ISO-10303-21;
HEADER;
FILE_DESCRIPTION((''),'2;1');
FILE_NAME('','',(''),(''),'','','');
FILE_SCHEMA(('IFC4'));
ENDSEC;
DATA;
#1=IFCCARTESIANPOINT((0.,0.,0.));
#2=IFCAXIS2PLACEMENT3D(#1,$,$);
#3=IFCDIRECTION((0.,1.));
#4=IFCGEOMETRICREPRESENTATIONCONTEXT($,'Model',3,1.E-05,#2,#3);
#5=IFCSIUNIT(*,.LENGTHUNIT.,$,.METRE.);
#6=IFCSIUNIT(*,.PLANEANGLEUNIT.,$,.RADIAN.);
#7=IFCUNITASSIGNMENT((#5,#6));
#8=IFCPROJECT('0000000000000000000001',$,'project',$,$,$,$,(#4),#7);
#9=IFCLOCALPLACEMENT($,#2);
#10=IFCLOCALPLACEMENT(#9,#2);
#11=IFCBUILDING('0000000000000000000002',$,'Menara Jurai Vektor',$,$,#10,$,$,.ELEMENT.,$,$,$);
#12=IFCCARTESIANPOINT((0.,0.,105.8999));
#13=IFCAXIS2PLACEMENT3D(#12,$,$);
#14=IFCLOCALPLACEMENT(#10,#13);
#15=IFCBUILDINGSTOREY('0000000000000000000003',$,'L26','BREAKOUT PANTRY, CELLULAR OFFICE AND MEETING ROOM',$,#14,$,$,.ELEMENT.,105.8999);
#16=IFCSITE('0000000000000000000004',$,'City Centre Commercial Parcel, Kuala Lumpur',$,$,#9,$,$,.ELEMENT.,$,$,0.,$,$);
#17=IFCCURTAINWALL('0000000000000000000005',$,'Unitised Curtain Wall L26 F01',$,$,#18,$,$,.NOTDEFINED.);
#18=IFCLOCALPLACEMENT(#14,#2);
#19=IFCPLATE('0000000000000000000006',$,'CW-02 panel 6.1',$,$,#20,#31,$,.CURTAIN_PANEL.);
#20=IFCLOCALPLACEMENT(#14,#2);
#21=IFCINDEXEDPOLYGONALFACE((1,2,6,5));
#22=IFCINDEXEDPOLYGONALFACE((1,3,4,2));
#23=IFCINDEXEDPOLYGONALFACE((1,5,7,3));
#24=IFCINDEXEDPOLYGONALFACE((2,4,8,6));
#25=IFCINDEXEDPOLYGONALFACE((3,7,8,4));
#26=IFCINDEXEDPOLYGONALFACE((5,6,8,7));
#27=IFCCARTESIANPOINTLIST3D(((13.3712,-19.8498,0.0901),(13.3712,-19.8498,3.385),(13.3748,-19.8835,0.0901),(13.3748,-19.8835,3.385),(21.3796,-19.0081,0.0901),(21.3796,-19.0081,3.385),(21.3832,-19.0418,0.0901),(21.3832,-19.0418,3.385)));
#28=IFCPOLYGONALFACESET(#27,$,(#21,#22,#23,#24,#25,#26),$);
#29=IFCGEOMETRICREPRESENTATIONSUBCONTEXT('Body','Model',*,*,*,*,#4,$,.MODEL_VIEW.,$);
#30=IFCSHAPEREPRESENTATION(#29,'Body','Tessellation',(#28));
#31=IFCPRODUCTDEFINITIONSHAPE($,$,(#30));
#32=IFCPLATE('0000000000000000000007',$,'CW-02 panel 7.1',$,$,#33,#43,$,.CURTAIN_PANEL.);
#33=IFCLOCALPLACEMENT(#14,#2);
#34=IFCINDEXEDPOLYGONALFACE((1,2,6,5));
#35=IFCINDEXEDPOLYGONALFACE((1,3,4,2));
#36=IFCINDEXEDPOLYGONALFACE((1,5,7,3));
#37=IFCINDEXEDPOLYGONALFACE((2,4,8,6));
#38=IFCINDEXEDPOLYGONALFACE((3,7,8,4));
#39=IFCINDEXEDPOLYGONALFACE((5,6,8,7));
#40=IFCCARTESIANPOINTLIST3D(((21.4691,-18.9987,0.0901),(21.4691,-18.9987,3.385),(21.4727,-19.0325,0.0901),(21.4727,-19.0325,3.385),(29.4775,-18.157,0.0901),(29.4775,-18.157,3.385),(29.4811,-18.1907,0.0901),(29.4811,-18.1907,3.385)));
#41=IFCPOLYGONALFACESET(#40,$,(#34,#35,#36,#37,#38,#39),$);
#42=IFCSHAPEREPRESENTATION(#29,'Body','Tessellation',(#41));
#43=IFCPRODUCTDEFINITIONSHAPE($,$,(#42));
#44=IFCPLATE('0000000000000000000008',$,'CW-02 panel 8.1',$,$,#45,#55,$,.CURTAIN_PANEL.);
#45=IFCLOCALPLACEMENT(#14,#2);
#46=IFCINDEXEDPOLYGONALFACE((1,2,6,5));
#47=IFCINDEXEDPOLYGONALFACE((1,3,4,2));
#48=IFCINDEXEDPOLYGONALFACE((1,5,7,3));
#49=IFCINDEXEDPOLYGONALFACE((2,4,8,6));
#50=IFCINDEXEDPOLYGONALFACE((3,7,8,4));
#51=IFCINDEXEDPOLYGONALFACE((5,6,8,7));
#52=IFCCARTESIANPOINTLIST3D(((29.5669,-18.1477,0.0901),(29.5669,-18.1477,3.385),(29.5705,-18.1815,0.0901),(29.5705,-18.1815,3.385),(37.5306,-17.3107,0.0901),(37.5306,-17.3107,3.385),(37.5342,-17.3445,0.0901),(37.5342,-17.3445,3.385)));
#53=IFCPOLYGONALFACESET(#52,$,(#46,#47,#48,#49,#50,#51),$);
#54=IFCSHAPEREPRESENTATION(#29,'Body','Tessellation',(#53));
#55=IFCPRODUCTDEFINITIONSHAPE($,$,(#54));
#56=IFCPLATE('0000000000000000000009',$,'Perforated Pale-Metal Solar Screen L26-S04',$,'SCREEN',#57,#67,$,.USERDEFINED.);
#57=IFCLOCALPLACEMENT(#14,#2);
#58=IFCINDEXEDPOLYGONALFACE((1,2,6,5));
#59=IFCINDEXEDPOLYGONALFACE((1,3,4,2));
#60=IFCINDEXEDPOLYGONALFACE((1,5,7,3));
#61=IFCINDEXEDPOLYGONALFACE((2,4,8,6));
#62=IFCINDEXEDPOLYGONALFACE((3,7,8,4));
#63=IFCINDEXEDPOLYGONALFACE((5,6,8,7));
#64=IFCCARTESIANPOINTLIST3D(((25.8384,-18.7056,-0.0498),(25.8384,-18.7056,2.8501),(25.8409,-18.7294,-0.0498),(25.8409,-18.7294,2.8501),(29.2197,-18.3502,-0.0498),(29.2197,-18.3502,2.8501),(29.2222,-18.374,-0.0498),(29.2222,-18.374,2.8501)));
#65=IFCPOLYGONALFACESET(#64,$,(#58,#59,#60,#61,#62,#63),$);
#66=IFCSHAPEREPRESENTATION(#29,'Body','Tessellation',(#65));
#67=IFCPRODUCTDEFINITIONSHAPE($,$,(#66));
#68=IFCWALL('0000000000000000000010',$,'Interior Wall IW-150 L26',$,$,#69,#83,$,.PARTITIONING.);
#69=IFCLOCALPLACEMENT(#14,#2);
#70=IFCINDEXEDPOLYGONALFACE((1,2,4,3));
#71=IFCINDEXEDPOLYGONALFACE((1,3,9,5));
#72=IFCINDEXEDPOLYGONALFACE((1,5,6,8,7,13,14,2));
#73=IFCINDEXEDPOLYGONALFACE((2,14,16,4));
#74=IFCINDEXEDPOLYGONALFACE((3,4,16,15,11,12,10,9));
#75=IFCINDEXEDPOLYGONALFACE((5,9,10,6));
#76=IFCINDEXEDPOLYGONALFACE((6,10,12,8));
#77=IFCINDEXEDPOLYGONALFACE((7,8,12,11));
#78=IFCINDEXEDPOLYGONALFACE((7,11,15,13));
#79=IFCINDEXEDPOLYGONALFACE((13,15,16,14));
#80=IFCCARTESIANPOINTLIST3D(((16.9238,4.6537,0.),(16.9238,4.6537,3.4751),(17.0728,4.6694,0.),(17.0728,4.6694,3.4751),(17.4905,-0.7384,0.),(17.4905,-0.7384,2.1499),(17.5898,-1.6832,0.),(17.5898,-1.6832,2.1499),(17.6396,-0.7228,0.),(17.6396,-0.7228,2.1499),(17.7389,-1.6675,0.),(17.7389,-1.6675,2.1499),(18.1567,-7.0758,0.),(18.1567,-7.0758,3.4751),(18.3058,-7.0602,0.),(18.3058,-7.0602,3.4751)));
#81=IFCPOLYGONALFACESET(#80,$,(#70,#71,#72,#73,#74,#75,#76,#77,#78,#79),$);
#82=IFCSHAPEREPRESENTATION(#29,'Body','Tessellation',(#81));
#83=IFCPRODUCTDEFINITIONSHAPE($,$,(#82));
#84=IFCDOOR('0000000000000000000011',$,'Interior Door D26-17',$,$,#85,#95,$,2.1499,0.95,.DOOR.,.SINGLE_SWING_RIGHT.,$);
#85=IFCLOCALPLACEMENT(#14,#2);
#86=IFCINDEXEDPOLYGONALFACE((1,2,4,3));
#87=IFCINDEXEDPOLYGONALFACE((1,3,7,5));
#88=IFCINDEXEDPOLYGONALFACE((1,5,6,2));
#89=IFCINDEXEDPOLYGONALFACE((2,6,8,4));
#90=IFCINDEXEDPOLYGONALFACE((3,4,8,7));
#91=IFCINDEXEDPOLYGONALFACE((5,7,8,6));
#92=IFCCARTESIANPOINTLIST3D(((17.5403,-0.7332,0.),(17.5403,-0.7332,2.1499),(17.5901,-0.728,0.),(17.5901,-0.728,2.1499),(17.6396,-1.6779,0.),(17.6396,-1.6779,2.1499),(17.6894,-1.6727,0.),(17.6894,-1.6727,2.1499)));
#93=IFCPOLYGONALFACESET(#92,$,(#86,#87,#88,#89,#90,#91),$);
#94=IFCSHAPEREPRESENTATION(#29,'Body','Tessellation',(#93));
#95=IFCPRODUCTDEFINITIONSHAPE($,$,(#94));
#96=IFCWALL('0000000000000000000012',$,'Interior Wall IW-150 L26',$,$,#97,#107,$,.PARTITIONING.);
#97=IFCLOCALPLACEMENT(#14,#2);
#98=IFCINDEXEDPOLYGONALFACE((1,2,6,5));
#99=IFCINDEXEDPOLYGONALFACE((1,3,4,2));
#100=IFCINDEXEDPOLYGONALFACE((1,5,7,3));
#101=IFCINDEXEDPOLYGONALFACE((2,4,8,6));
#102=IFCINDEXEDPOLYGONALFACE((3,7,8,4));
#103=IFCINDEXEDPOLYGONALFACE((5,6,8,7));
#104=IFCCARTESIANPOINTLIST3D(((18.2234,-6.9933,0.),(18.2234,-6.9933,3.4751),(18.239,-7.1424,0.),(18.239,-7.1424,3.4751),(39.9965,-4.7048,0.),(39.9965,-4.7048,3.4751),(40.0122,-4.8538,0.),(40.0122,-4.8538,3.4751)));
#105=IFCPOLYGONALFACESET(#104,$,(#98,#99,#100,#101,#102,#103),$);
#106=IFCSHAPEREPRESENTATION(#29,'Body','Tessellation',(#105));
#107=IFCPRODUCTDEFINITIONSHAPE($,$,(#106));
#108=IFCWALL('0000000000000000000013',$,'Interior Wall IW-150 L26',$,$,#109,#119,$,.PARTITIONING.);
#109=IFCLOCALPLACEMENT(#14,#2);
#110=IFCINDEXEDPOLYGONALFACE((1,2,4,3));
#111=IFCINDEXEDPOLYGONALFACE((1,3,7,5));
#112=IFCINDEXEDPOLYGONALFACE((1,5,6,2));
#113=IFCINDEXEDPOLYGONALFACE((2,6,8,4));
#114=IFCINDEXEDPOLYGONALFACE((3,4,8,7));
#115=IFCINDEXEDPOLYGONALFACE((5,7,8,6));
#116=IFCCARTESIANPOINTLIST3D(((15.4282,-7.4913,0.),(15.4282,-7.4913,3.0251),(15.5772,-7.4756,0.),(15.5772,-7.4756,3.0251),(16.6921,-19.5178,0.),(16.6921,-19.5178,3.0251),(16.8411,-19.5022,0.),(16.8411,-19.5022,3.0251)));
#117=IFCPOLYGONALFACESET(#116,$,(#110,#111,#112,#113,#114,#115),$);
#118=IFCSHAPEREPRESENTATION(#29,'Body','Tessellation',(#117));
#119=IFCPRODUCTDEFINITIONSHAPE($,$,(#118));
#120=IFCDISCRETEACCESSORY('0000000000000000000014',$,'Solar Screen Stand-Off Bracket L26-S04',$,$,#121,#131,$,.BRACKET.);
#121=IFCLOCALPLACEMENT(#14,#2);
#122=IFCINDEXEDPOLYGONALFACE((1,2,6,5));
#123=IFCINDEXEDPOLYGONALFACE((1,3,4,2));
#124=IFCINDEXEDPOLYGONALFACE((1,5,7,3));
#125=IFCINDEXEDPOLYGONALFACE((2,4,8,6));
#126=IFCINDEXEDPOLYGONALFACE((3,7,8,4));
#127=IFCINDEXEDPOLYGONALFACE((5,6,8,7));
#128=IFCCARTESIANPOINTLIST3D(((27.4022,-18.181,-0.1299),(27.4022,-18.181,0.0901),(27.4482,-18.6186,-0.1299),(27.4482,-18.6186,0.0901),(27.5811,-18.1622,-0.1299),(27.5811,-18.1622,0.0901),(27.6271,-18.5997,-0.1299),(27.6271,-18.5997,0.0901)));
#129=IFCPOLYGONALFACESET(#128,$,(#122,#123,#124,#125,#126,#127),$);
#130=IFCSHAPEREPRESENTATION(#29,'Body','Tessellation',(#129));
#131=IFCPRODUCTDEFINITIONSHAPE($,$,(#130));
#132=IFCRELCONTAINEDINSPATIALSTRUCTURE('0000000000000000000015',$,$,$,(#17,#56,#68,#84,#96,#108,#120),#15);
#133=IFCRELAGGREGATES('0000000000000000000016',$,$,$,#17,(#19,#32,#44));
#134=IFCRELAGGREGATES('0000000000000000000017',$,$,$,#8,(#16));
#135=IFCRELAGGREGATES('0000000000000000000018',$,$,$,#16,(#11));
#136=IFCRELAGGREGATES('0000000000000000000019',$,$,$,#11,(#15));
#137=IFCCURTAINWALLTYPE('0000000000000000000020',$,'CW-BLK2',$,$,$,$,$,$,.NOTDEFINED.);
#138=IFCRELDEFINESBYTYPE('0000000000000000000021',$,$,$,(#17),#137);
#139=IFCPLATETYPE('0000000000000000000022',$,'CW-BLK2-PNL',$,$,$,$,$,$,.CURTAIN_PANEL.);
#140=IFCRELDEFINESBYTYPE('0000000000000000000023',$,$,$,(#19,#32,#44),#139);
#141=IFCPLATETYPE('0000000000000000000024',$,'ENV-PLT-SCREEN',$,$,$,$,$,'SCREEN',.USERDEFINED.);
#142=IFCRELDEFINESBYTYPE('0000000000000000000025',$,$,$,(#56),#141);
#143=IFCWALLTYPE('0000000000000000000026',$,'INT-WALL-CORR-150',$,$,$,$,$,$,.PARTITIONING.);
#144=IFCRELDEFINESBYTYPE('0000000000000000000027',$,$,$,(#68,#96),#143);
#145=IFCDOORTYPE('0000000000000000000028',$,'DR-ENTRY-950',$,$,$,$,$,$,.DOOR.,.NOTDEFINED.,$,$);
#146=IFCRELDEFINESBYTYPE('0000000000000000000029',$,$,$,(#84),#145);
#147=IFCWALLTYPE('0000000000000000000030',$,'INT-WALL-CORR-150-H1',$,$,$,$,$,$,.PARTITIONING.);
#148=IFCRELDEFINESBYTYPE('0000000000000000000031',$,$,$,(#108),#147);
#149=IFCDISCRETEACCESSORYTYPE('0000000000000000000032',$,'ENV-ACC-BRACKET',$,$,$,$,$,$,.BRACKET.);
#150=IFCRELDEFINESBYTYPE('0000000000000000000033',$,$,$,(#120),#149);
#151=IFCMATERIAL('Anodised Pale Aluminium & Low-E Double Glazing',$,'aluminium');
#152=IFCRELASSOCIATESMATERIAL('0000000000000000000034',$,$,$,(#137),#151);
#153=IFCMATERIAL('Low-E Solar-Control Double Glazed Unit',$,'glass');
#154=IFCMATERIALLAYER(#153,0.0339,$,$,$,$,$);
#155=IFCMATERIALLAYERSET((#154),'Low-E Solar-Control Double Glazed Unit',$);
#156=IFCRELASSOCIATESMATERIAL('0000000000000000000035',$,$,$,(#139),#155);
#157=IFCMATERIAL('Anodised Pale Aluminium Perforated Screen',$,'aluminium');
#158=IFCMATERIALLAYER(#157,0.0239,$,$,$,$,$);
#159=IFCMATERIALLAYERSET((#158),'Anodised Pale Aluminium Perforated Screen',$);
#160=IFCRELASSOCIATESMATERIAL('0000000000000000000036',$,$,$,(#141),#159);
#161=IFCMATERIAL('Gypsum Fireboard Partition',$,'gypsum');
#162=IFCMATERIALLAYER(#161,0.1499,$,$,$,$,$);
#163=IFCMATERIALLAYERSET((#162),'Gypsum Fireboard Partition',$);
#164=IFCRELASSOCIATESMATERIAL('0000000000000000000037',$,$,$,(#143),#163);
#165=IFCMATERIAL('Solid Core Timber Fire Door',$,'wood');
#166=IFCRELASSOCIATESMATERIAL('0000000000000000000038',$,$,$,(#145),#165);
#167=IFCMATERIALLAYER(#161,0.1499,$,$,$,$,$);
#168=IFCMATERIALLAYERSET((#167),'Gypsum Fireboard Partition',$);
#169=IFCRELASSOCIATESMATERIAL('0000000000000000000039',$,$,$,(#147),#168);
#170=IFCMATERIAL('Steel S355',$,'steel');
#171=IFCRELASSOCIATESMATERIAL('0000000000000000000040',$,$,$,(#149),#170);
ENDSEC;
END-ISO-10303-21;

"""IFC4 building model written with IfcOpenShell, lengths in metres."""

from ifc_helpers import new_model, si_unit, direction, frame, frame_2d, origin, origin_2d, place, context, subcontext, project, spatial, rectangle, extrude, material, layer, layer_set, type_object, element, fill, aggregate, save


model = new_model("IFC4")

# Units and contexts
model_context = context("Model", 3, precision=1e-05, world=origin(), true_north=direction((0.0, 1.0)))
body_context = subcontext(model_context, "Body", "Model", "MODEL_VIEW")
ifc_project = project(units=[si_unit("LENGTHUNIT", "METRE"), si_unit("PLANEANGLEUNIT", "RADIAN")], contexts=[model_context])

# Site, building, storey
site_placement = place(None, origin())
site = spatial("IfcSite", under=ifc_project, at=site_placement, Name="City Centre Commercial Parcel, Kuala Lumpur", CompositionType="ELEMENT", RefElevation=0.0)
building_placement = place(site_placement, origin())
building = spatial("IfcBuilding", under=site, at=building_placement, Name="Menara Jurai Vektor", CompositionType="ELEMENT")
storey_placement = place(building_placement, frame((0.0, 0.0, 105.8999)))
storey = spatial("IfcBuildingStorey", under=building, at=storey_placement, Name="L26", Description="BREAKOUT PANTRY, CELLULAR OFFICE AND MEETING ROOM", CompositionType="ELEMENT", Elevation=105.8999)

# Curtain wall
ifc_material_1 = material(Name="Anodised Pale Aluminium & Low-E Double Glazing", Category="aluminium")
curtain_wall_type = type_object("IfcCurtainWallType", Name="CW-BLK2", PredefinedType="NOTDEFINED", material=ifc_material_1)
curtain_wall_placement = place(storey_placement, origin())
curtain_wall = element("IfcCurtainWall", 1, at=curtain_wall_placement, inside=storey, type_object=curtain_wall_type, Name="Unitised Curtain Wall L26 F01", PredefinedType="NOTDEFINED")

# Shared definitions
ifc_material_2 = material(Name="Steel S355", Category="steel")

# Plates
ifc_material_3 = material(Name="Low-E Solar-Control Double Glazed Unit", Category="glass")
ifc_layer_1 = layer(ifc_material_3, 0.0339)
ifc_layer_set_1 = layer_set([ifc_layer_1], Name="Low-E Solar-Control Double Glazed Unit")
plate_type_1 = type_object("IfcPlateType", Name="CW-BLK2-PNL", PredefinedType="CURTAIN_PANEL", material=ifc_layer_set_1)
plate_1_placement = place(storey_placement, frame((17.3772, -19.4458, 0.0901), z_axis=(0.0, 0.0, 1.0), x_axis=(0.994522, 0.104529, 0.0)))
plate_1 = element("IfcPlate", 2, at=plate_1_placement, type_object=plate_type_1, Name="CW-02 panel 6.1", PredefinedType="CURTAIN_PANEL", context=body_context, shape_type="SweptSolid", body=[
    extrude(rectangle(XDim=8.0525, YDim=0.0339, at=origin_2d()), origin(), (0.0, 0.0, 1.0), 3.2949),
])
plate_2_placement = place(storey_placement, frame((25.4751, -18.5947, 0.0901), z_axis=(0.0, 0.0, 1.0), x_axis=(0.994522, 0.104529, 0.0)))
plate_2 = element("IfcPlate", 3, at=plate_2_placement, type_object=plate_type_1, Name="CW-02 panel 7.1", PredefinedType="CURTAIN_PANEL", context=body_context, shape_type="SweptSolid", body=[
    extrude(rectangle(XDim=8.0525, YDim=0.0339, at=origin_2d()), origin(), (0.0, 0.0, 1.0), 3.2949),
])
plate_3_placement = place(storey_placement, frame((33.5505, -17.7461, 0.0901), z_axis=(0.0, 0.0, 1.0), x_axis=(0.994522, 0.104529, 0.0)))
plate_3 = element("IfcPlate", 4, at=plate_3_placement, type_object=plate_type_1, Name="CW-02 panel 8.1", PredefinedType="CURTAIN_PANEL", context=body_context, shape_type="SweptSolid", body=[
    extrude(rectangle(XDim=8.0076, YDim=0.0339, at=origin_2d()), origin(), (0.0, 0.0, 1.0), 3.2949),
])
aggregate(curtain_wall, [plate_1, plate_2, plate_3])
ifc_material_4 = material(Name="Anodised Pale Aluminium Perforated Screen", Category="aluminium")
ifc_layer_2 = layer(ifc_material_4, 0.0239)
ifc_layer_set_2 = layer_set([ifc_layer_2], Name="Anodised Pale Aluminium Perforated Screen")
plate_type_2 = type_object("IfcPlateType", Name="ENV-PLT-SCREEN", ElementType="SCREEN", PredefinedType="USERDEFINED", material=ifc_layer_set_2)
plate_4_placement = place(storey_placement, frame((27.5303, -18.5398, -0.0498), z_axis=(0.0, 0.0, 1.0), x_axis=(0.994522, 0.104528, 0.0)))
element("IfcPlate", 5, at=plate_4_placement, inside=storey, type_object=plate_type_2, Name="Perforated Pale-Metal Solar Screen L26-S04", ObjectType="SCREEN", PredefinedType="USERDEFINED", context=body_context, shape_type="SweptSolid", body=[
    extrude(rectangle(XDim=3.3999, YDim=0.0239, at=origin_2d()), origin(), (0.0, 0.0, 1.0), 2.8999),
])

# Wall, opening, door
ifc_material_5 = material(Name="Gypsum Fireboard Partition", Category="gypsum")
ifc_layer_3 = layer(ifc_material_5, 0.1499)
ifc_layer_set_3 = layer_set([ifc_layer_3], Name="Gypsum Fireboard Partition")
wall_type_1 = type_object("IfcWallType", Name="INT-WALL-CORR-150", PredefinedType="PARTITIONING", material=ifc_layer_set_3)
ifc_material_6 = material(Name="Solid Core Timber Fire Door", Category="wood")
door_type = type_object("IfcDoorType", Name="DR-ENTRY-950", OperationType="NOTDEFINED", PredefinedType="DOOR", material=ifc_material_6)
wall_1_placement = place(storey_placement, frame((18.2312, -7.0679, 0.0), z_axis=(0.0, 0.0, 1.0), x_axis=(-0.104536, 0.994521, 0.0)))
wall_1 = element("IfcWall", 6, at=wall_1_placement, inside=storey, type_object=wall_type_1, Name="Interior Wall IW-150 L26", PredefinedType="PARTITIONING", context=body_context, shape_type="SweptSolid", body=[
    extrude(rectangle(XDim=11.7942, YDim=0.1499, at=frame_2d((5.897, 0.0))), origin(), (0.0, 0.0, 1.0), 3.4751),
])
opening_1_placement = place(wall_1_placement, frame((5.4221, 0.0, 0.0)))
opening_1 = element("IfcOpeningElement", 7, at=opening_1_placement, cuts=wall_1, PredefinedType="OPENING", context=body_context, shape_type="SweptSolid", body=[
    extrude(rectangle(XDim=0.95, YDim=2.1499, at=frame_2d((0.4751, 1.075))), frame((0.0, 0.085, 0.0), z_axis=(0.0, -1.0, 0.0), x_axis=(1.0, 0.0, 0.0)), (0.0, 0.0, 1.0), 0.1699),
])
door_1_placement = place(opening_1_placement, origin())
door_1 = element("IfcDoor", 8, at=door_1_placement, inside=storey, type_object=door_type, Name="Interior Door D26-17", OperationType="SINGLE_SWING_RIGHT", OverallHeight=2.1499, OverallWidth=0.95, PredefinedType="DOOR", context=body_context, shape_type="SweptSolid", body=[
    extrude(rectangle(XDim=0.95, YDim=2.1499, at=frame_2d((0.4751, 1.075))), frame((0.0, 0.0249, 0.0), z_axis=(0.0, -1.0, 0.0), x_axis=(1.0, 0.0, 0.0)), (0.0, 0.0, 1.0), 0.05),
])
fill(opening_1, door_1)

# Walls
wall_2_placement = place(storey_placement, frame((18.2312, -7.0679, 0.0), z_axis=(0.0, 0.0, 1.0), x_axis=(0.994521, 0.104534, 0.0)))
element("IfcWall", 9, at=wall_2_placement, inside=storey, type_object=wall_type_1, Name="Interior Wall IW-150 L26", PredefinedType="PARTITIONING", context=body_context, shape_type="SweptSolid", body=[
    extrude(rectangle(XDim=21.8931, YDim=0.1499, at=frame_2d((10.9465, 0.0))), origin(), (0.0, 0.0, 1.0), 3.4751),
])
ifc_layer_4 = layer(ifc_material_5, 0.1499)
ifc_layer_set_4 = layer_set([ifc_layer_4], Name="Gypsum Fireboard Partition")
wall_type_2 = type_object("IfcWallType", Name="INT-WALL-CORR-150-H1", PredefinedType="PARTITIONING", material=ifc_layer_set_4)
wall_3_placement = place(storey_placement, frame((16.7666, -19.51, 0.0), z_axis=(0.0, 0.0, 1.0), x_axis=(-0.104518, 0.994523, 0.0)))
element("IfcWall", 10, at=wall_3_placement, inside=storey, type_object=wall_type_2, Name="Interior Wall IW-150 L26", PredefinedType="PARTITIONING", context=body_context, shape_type="SweptSolid", body=[
    extrude(rectangle(XDim=12.0928, YDim=0.1499, at=frame_2d((6.0464, 0.0))), origin(), (0.0, 0.0, 1.0), 3.0251),
])

# Discrete accessory
discrete_accessory_type = type_object("IfcDiscreteAccessoryType", Name="ENV-ACC-BRACKET", PredefinedType="BRACKET", material=ifc_material_2)
discrete_accessory_placement = place(storey_placement, frame((27.5146, -18.3904, -0.1299), z_axis=(0.0, 0.0, 1.0), x_axis=(0.994522, 0.104528, 0.0)))
element("IfcDiscreteAccessory", 11, at=discrete_accessory_placement, inside=storey, type_object=discrete_accessory_type, Name="Solar Screen Stand-Off Bracket L26-S04", PredefinedType="BRACKET", context=body_context, shape_type="SweptSolid", body=[
    extrude(rectangle(XDim=0.1799, YDim=0.4399, at=origin_2d()), origin(), (0.0, 0.0, 1.0), 0.22),
])

save(model, "model.ifc")
